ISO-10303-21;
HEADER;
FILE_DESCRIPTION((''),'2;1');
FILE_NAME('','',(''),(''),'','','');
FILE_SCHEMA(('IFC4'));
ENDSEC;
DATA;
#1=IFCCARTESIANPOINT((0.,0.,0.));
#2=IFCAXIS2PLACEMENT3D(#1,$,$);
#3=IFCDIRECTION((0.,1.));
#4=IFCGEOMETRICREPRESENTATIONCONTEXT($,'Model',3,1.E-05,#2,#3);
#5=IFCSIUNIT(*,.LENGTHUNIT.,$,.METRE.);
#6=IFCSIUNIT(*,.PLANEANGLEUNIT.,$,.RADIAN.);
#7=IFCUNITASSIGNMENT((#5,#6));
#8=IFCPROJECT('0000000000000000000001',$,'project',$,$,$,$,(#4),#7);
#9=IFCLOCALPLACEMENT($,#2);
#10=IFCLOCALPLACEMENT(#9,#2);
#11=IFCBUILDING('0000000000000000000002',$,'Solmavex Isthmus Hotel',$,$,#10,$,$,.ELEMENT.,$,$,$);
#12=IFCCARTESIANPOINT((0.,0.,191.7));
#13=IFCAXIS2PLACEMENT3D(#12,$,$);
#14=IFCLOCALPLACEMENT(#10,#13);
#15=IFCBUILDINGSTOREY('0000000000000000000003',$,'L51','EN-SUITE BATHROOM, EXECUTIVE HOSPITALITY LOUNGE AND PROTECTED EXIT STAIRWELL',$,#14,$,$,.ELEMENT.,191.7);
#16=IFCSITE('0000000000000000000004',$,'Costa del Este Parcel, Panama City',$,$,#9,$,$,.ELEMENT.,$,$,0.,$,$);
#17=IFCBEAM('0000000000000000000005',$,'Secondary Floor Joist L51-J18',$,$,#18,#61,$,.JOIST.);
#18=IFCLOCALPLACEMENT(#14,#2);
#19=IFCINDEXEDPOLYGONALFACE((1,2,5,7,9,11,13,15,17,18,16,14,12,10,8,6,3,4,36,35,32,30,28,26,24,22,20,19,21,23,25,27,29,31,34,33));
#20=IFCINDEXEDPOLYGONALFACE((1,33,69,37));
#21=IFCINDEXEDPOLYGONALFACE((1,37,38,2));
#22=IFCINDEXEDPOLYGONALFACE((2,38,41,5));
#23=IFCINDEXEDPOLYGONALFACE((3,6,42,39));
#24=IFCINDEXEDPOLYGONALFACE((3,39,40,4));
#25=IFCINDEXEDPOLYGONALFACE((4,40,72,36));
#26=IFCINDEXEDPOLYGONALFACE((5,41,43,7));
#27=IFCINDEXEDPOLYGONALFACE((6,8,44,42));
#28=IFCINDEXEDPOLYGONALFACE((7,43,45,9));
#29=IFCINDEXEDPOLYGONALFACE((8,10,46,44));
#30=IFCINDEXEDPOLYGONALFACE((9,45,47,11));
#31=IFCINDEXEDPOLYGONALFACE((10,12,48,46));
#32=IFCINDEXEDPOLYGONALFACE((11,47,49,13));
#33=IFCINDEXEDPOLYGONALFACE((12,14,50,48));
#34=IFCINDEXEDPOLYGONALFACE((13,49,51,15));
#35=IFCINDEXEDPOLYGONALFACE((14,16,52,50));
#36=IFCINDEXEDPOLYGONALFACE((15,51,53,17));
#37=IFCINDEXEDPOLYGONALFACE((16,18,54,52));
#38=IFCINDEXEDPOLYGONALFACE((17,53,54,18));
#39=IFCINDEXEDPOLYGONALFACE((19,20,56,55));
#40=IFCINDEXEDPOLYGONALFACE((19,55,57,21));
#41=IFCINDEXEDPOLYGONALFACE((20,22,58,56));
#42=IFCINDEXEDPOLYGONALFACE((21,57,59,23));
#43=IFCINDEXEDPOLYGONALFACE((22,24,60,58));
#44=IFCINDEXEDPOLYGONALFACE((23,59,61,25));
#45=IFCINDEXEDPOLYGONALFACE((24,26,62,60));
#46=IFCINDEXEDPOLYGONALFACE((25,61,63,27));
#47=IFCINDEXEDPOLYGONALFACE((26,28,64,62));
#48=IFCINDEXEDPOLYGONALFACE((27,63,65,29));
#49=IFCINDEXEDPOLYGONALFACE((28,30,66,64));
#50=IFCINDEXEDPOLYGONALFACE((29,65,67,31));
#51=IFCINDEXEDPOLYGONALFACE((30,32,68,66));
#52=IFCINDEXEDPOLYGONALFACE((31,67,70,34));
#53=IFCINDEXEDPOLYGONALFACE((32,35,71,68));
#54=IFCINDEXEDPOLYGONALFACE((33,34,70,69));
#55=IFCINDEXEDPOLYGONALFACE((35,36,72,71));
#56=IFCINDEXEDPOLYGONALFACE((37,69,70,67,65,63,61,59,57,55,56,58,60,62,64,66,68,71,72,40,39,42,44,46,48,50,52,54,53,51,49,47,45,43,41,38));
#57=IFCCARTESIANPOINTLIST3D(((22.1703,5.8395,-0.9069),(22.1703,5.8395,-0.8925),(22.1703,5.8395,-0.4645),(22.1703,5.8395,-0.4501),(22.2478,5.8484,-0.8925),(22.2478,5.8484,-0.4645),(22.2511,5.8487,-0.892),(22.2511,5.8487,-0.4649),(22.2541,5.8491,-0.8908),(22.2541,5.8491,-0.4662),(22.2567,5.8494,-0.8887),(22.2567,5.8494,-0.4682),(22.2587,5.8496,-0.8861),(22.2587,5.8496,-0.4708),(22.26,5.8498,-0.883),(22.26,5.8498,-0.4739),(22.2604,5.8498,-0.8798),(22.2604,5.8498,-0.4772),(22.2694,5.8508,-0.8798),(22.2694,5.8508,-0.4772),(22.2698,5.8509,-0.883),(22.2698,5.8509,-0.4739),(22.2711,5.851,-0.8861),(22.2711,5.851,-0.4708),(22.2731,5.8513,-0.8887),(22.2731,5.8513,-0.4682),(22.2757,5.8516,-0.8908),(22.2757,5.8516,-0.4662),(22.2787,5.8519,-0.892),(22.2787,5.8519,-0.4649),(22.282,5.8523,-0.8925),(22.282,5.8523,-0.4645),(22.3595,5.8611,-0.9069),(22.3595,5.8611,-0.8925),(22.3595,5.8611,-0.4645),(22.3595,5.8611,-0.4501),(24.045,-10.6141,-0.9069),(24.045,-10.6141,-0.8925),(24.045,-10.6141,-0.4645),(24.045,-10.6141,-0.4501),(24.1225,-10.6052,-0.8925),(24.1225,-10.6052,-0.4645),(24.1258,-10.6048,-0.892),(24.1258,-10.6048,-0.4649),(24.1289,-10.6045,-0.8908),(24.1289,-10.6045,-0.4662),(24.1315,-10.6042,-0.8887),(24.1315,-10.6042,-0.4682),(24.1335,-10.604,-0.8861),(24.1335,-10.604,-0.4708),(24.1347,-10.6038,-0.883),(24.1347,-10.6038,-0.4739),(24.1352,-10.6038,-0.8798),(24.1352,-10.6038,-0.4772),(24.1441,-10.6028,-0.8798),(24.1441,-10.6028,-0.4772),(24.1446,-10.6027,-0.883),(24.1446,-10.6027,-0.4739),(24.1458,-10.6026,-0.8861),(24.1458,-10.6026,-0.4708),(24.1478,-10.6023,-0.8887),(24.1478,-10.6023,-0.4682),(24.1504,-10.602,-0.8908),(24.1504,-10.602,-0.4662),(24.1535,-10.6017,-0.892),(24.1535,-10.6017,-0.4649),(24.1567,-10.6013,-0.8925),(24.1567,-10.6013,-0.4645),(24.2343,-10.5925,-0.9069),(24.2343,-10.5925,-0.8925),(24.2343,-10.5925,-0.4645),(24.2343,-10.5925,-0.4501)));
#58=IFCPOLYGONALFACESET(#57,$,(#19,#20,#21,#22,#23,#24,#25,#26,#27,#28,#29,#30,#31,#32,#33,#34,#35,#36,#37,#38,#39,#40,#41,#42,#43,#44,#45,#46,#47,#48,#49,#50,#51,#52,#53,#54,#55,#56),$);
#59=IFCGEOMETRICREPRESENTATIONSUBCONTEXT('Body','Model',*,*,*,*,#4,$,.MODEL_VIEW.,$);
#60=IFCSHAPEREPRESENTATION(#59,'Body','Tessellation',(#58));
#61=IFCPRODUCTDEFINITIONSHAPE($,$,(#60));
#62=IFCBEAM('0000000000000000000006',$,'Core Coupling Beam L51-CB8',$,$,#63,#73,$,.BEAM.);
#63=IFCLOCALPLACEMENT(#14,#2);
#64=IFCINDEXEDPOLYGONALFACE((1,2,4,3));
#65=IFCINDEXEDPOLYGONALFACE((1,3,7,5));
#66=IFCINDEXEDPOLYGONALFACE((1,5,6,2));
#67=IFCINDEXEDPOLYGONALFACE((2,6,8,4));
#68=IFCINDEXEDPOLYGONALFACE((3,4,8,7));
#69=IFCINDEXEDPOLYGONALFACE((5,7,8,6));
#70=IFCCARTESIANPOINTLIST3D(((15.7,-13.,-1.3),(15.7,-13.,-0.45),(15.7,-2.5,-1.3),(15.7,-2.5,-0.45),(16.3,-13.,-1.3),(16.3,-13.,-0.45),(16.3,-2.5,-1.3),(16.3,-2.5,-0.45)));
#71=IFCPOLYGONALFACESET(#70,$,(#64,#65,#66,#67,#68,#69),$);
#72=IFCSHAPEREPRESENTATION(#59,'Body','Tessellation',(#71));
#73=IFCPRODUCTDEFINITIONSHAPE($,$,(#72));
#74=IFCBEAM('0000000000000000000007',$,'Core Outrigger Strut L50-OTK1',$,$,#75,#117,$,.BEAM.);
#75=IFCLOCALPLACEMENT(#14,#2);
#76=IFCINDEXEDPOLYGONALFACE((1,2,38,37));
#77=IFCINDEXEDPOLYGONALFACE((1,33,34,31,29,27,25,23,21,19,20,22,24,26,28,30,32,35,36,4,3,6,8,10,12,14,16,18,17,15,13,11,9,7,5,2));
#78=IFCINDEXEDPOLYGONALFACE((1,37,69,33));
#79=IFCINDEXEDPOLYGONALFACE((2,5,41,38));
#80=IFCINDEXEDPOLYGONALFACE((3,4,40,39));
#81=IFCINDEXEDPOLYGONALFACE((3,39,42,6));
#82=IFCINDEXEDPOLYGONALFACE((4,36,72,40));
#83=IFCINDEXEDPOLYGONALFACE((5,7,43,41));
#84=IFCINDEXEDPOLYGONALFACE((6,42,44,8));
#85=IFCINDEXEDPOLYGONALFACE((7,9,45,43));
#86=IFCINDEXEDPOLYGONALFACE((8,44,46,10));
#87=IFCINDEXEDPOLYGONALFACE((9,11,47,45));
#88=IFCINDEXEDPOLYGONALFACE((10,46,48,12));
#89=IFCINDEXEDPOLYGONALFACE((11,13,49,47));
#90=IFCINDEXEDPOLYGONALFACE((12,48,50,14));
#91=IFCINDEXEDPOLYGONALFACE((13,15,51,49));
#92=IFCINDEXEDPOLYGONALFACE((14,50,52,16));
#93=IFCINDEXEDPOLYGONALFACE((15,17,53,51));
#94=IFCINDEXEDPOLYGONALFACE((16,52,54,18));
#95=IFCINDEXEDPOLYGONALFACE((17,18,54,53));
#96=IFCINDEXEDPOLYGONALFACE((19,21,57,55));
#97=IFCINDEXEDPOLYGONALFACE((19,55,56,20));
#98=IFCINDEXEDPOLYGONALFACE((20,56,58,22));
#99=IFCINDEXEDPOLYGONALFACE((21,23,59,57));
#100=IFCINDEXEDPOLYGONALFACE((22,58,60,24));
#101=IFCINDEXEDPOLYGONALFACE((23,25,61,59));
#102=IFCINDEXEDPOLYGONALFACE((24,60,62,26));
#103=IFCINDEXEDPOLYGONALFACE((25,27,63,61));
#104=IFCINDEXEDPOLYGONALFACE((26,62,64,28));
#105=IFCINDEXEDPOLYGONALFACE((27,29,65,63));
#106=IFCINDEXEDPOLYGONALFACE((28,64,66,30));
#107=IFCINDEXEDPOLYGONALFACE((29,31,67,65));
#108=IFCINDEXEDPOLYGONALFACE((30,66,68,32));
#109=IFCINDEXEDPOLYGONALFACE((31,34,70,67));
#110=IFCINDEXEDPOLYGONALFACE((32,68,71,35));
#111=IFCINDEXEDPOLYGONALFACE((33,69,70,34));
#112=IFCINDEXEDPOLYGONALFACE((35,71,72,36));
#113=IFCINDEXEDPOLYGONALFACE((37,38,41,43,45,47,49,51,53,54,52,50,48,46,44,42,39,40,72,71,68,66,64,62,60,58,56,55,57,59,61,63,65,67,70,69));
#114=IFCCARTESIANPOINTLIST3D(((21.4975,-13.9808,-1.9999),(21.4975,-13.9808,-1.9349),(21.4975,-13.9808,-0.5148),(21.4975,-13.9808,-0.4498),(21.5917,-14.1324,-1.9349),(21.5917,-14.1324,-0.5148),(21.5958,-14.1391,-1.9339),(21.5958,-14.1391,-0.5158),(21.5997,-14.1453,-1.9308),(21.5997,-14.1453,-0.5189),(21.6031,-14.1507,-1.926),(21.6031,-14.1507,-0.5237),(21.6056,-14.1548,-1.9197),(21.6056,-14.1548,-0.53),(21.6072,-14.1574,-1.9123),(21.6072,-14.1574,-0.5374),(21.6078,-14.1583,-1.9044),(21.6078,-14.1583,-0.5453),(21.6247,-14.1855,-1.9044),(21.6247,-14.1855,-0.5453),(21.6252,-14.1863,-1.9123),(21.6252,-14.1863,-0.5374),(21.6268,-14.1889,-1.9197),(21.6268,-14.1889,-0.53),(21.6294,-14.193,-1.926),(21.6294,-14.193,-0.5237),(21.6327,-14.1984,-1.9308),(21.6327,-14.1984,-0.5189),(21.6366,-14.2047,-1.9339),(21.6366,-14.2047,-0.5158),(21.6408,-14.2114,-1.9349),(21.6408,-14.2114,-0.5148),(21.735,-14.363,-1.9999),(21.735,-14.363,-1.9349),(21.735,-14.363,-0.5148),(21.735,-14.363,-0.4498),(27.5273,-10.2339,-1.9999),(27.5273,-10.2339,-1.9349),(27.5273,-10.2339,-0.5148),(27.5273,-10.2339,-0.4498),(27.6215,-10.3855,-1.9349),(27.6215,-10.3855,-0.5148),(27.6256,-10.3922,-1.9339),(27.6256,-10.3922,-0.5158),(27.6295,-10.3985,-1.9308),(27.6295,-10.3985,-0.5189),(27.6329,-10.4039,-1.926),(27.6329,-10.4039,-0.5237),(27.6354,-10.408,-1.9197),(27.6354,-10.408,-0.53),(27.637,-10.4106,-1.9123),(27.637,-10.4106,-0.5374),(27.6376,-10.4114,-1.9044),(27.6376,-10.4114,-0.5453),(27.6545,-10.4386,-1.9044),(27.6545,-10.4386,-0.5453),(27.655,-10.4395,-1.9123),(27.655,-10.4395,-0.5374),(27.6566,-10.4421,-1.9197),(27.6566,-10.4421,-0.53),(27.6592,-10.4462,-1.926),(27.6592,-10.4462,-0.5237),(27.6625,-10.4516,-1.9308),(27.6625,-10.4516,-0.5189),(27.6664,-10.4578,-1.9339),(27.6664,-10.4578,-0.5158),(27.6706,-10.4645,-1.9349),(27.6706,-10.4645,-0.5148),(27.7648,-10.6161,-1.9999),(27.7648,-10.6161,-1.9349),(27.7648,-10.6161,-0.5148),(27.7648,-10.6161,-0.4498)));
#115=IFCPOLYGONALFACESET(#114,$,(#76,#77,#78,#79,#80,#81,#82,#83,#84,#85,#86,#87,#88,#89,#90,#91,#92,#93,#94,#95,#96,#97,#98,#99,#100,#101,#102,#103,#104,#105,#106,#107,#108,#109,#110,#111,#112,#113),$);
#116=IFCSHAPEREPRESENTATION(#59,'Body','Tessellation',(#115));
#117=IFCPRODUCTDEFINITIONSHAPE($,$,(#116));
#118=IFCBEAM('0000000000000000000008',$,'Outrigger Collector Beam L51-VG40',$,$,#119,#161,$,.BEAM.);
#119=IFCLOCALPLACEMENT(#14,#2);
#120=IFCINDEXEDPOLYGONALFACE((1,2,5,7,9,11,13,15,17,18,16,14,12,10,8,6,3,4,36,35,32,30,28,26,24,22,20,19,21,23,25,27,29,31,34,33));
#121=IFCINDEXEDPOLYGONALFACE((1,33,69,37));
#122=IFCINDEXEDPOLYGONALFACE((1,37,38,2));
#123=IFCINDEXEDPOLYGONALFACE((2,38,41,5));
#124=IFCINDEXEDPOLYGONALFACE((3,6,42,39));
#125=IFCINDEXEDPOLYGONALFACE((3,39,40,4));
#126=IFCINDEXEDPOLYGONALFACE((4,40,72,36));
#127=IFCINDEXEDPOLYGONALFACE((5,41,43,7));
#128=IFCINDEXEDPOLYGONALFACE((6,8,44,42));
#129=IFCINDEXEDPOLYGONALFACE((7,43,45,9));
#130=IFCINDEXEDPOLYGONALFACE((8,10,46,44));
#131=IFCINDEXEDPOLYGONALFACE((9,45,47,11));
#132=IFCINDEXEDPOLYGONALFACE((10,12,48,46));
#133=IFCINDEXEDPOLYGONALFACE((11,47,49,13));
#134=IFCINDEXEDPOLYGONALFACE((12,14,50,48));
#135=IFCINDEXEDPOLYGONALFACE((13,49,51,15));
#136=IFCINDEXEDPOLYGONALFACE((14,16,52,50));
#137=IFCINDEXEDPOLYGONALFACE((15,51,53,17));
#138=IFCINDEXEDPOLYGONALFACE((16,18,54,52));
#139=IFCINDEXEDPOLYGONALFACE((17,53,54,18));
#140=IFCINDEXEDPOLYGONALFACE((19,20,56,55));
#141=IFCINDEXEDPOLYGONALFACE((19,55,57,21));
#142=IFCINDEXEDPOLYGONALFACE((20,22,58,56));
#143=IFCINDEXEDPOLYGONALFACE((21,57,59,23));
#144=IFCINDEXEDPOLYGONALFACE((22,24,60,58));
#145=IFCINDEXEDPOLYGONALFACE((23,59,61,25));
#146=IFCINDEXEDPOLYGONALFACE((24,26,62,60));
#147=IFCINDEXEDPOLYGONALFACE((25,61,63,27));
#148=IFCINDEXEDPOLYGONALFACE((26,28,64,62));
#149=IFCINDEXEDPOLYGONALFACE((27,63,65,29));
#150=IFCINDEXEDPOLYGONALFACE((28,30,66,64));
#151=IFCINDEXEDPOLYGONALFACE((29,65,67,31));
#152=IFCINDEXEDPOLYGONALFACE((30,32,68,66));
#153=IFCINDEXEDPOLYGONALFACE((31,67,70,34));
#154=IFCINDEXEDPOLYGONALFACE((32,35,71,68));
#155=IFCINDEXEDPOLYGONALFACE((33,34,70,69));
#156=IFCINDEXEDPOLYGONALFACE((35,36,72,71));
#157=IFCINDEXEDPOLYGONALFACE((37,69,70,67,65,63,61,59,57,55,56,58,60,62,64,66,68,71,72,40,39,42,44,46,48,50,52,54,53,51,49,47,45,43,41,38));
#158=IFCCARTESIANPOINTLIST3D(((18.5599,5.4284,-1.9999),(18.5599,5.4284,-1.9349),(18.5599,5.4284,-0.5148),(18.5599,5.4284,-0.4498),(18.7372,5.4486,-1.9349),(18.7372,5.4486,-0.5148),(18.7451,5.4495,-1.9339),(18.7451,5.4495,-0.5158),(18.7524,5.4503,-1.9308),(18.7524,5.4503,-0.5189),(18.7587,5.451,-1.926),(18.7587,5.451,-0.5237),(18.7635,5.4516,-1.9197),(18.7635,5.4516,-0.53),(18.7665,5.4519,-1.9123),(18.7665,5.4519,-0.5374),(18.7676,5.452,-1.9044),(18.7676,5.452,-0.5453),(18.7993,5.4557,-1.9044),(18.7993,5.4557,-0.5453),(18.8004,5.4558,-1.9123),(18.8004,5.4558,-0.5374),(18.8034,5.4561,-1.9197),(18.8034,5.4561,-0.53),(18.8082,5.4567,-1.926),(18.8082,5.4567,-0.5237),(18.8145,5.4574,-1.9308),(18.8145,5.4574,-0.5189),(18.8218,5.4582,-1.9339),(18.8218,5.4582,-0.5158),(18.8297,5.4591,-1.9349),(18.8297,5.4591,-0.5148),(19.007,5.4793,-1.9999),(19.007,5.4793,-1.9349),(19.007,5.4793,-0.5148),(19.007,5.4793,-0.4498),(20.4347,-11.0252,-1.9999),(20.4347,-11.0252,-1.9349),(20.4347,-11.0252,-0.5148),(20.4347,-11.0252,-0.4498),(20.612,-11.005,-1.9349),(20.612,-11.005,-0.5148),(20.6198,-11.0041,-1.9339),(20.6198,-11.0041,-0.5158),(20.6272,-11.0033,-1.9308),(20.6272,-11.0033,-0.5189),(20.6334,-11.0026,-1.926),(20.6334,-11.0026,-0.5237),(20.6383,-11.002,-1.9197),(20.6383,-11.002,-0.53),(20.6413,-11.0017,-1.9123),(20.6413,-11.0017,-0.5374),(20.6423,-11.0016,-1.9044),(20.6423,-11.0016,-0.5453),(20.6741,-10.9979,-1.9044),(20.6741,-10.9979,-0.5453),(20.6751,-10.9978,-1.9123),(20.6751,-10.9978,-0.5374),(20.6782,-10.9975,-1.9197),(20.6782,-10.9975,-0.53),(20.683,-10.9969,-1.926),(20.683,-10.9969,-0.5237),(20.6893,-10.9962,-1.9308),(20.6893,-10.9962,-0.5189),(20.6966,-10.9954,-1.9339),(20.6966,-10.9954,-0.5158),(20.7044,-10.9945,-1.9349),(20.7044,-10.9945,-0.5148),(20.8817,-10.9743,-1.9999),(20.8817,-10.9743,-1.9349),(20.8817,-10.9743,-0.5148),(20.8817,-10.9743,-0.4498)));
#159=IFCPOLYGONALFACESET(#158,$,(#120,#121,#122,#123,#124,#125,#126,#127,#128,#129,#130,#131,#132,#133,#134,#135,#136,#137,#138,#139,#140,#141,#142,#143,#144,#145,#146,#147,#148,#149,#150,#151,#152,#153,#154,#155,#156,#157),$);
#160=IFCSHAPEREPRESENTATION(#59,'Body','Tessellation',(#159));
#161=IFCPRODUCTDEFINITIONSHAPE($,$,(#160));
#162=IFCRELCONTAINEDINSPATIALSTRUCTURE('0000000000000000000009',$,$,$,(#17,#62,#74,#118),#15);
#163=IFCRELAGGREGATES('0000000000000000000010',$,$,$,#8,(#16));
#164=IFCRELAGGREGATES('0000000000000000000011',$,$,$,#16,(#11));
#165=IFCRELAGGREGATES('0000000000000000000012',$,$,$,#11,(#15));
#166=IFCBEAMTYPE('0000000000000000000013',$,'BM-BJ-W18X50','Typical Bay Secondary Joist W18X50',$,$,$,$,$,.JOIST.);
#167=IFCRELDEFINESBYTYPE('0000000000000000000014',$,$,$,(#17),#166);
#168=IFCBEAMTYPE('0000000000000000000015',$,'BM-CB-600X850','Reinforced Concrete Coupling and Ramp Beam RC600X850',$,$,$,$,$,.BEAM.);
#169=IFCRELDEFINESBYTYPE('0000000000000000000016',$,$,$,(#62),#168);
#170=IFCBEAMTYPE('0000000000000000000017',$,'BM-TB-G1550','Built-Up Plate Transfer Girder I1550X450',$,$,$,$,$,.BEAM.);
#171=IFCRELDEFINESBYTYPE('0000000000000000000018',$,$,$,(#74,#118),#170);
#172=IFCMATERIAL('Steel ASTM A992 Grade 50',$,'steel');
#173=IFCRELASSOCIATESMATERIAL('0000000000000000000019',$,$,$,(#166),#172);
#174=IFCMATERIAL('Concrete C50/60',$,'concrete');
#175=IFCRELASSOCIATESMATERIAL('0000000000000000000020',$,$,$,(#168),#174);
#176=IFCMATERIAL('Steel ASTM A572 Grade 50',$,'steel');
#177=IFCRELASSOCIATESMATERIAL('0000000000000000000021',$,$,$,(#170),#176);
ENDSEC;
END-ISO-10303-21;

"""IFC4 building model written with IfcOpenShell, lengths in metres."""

from ifc_helpers import new_model, si_unit, direction, frame, origin, origin_2d, place, context, subcontext, project, spatial, rectangle, i_section, extrude, material, material_profile, profile_set, type_object, element, save


model = new_model("IFC4")

# Units and contexts
model_context = context("Model", 3, precision=1e-05, world=origin(), true_north=direction((0.0, 1.0)))
body_context = subcontext(model_context, "Body", "Model", "MODEL_VIEW")
ifc_project = project(units=[si_unit("LENGTHUNIT", "METRE"), si_unit("PLANEANGLEUNIT", "RADIAN")], contexts=[model_context])

# Site, building, storey
site_placement = place(None, origin())
site = spatial("IfcSite", under=ifc_project, at=site_placement, Name="Costa del Este Parcel, Panama City", CompositionType="ELEMENT", RefElevation=0.0)
building_placement = place(site_placement, origin())
building = spatial("IfcBuilding", under=site, at=building_placement, Name="Solmavex Isthmus Hotel", CompositionType="ELEMENT")
storey_placement = place(building_placement, frame((0.0, 0.0, 191.7)))
storey = spatial("IfcBuildingStorey", under=building, at=storey_placement, Name="L51", Description="EN-SUITE BATHROOM, EXECUTIVE HOSPITALITY LOUNGE AND PROTECTED EXIT STAIRWELL", CompositionType="ELEMENT", Elevation=191.7)

# Shared definitions
ifc_material_1 = material(Name="Concrete C50/60", Category="concrete")

# Beams
ifc_material_2 = material(Name="Steel ASTM A992 Grade 50", Category="steel")
ifc_material_profile_1 = material_profile(ifc_material_2, i_section(OverallWidth=0.1904, OverallDepth=0.4568, WebThickness=0.009, FlangeThickness=0.0144, FilletRadius=0.0127, at=origin_2d()), Name="W18X50")
ifc_profile_set_1 = profile_set([ifc_material_profile_1], Name="Steel ASTM A992 Grade 50")
beam_type_1 = type_object("IfcBeamType", Name="BM-BJ-W18X50", Description="Typical Bay Secondary Joist W18X50", PredefinedType="JOIST", material=ifc_profile_set_1)
beam_1_placement = place(storey_placement, frame((24.1396, -10.6033, -0.6785), z_axis=(-0.113209, 0.993571, 0.0), x_axis=(-0.993571, -0.113209, 0.0)))
element("IfcBeam", 1, at=beam_1_placement, inside=storey, type_object=beam_type_1, Name="Secondary Floor Joist L51-J18", PredefinedType="JOIST", context=body_context, shape_type="SweptSolid", body=[
    extrude(i_section(OverallWidth=0.1904, OverallDepth=0.4568, WebThickness=0.009, FlangeThickness=0.0144, FilletRadius=0.0127, at=origin_2d()), origin(), (0.0, 0.0, 1.0), 16.5601),
])
ifc_material_profile_2 = material_profile(ifc_material_1, rectangle(XDim=0.6001, YDim=0.8501, at=origin_2d()), Name="RC600X850")
ifc_profile_set_2 = profile_set([ifc_material_profile_2], Name="Concrete C50/60")
beam_type_2 = type_object("IfcBeamType", Name="BM-CB-600X850", Description="Reinforced Concrete Coupling and Ramp Beam RC600X850", PredefinedType="BEAM", material=ifc_profile_set_2)
beam_2_placement = place(storey_placement, frame((16.0, -13.0, -0.875), z_axis=(0.0, 1.0, 0.0), x_axis=(-1.0, 0.0, 0.0)))
element("IfcBeam", 2, at=beam_2_placement, inside=storey, type_object=beam_type_2, Name="Core Coupling Beam L51-CB8", PredefinedType="BEAM", context=body_context, shape_type="SweptSolid", body=[
    extrude(rectangle(XDim=0.6001, YDim=0.8501, at=origin_2d()), origin(), (0.0, 0.0, 1.0), 10.5),
])
ifc_material_3 = material(Name="Steel ASTM A572 Grade 50", Category="steel")
ifc_material_profile_3 = material_profile(ifc_material_3, i_section(OverallWidth=0.45, OverallDepth=1.55, WebThickness=0.032, FlangeThickness=0.0649, FilletRadius=0.0305, at=origin_2d()), Name="I1550X450")
ifc_profile_set_3 = profile_set([ifc_material_profile_3], Name="Steel ASTM A572 Grade 50")
beam_type_3 = type_object("IfcBeamType", Name="BM-TB-G1550", Description="Built-Up Plate Transfer Girder I1550X450", PredefinedType="BEAM", material=ifc_profile_set_3)
beam_3_placement = place(storey_placement, frame((21.6162, -14.1719, -1.2249), z_axis=(0.849375, 0.52779, 0.0), x_axis=(-0.52779, 0.849375, 0.0)))
element("IfcBeam", 3, at=beam_3_placement, inside=storey, type_object=beam_type_3, Name="Core Outrigger Strut L50-OTK1", PredefinedType="BEAM", context=body_context, shape_type="SweptSolid", body=[
    extrude(i_section(OverallWidth=0.45, OverallDepth=1.55, WebThickness=0.032, FlangeThickness=0.0649, FilletRadius=0.0305, at=origin_2d()), origin(), (0.0, 0.0, 1.0), 7.0991),
])
for number, where, z_axis, x_axis, name in (
    (4, (20.6582, -10.9998, -1.2249), (-0.113209, 0.993571, 0.0), (-0.993571, -0.113209, 0.0), "Outrigger Collector Beam L51-VG40"),
):
    element("IfcBeam", number, at=place(storey_placement, frame(where, z_axis=z_axis, x_axis=x_axis)), inside=storey, type_object=beam_type_3, Name=name, PredefinedType="BEAM", context=body_context, shape_type="SweptSolid", body=[
        extrude(i_section(OverallWidth=0.45, OverallDepth=1.55, WebThickness=0.032, FlangeThickness=0.0649, FilletRadius=0.0305, at=origin_2d()), origin(), (0.0, 0.0, 1.0), 16.5601),
    ])

save(model, "model.ifc")
